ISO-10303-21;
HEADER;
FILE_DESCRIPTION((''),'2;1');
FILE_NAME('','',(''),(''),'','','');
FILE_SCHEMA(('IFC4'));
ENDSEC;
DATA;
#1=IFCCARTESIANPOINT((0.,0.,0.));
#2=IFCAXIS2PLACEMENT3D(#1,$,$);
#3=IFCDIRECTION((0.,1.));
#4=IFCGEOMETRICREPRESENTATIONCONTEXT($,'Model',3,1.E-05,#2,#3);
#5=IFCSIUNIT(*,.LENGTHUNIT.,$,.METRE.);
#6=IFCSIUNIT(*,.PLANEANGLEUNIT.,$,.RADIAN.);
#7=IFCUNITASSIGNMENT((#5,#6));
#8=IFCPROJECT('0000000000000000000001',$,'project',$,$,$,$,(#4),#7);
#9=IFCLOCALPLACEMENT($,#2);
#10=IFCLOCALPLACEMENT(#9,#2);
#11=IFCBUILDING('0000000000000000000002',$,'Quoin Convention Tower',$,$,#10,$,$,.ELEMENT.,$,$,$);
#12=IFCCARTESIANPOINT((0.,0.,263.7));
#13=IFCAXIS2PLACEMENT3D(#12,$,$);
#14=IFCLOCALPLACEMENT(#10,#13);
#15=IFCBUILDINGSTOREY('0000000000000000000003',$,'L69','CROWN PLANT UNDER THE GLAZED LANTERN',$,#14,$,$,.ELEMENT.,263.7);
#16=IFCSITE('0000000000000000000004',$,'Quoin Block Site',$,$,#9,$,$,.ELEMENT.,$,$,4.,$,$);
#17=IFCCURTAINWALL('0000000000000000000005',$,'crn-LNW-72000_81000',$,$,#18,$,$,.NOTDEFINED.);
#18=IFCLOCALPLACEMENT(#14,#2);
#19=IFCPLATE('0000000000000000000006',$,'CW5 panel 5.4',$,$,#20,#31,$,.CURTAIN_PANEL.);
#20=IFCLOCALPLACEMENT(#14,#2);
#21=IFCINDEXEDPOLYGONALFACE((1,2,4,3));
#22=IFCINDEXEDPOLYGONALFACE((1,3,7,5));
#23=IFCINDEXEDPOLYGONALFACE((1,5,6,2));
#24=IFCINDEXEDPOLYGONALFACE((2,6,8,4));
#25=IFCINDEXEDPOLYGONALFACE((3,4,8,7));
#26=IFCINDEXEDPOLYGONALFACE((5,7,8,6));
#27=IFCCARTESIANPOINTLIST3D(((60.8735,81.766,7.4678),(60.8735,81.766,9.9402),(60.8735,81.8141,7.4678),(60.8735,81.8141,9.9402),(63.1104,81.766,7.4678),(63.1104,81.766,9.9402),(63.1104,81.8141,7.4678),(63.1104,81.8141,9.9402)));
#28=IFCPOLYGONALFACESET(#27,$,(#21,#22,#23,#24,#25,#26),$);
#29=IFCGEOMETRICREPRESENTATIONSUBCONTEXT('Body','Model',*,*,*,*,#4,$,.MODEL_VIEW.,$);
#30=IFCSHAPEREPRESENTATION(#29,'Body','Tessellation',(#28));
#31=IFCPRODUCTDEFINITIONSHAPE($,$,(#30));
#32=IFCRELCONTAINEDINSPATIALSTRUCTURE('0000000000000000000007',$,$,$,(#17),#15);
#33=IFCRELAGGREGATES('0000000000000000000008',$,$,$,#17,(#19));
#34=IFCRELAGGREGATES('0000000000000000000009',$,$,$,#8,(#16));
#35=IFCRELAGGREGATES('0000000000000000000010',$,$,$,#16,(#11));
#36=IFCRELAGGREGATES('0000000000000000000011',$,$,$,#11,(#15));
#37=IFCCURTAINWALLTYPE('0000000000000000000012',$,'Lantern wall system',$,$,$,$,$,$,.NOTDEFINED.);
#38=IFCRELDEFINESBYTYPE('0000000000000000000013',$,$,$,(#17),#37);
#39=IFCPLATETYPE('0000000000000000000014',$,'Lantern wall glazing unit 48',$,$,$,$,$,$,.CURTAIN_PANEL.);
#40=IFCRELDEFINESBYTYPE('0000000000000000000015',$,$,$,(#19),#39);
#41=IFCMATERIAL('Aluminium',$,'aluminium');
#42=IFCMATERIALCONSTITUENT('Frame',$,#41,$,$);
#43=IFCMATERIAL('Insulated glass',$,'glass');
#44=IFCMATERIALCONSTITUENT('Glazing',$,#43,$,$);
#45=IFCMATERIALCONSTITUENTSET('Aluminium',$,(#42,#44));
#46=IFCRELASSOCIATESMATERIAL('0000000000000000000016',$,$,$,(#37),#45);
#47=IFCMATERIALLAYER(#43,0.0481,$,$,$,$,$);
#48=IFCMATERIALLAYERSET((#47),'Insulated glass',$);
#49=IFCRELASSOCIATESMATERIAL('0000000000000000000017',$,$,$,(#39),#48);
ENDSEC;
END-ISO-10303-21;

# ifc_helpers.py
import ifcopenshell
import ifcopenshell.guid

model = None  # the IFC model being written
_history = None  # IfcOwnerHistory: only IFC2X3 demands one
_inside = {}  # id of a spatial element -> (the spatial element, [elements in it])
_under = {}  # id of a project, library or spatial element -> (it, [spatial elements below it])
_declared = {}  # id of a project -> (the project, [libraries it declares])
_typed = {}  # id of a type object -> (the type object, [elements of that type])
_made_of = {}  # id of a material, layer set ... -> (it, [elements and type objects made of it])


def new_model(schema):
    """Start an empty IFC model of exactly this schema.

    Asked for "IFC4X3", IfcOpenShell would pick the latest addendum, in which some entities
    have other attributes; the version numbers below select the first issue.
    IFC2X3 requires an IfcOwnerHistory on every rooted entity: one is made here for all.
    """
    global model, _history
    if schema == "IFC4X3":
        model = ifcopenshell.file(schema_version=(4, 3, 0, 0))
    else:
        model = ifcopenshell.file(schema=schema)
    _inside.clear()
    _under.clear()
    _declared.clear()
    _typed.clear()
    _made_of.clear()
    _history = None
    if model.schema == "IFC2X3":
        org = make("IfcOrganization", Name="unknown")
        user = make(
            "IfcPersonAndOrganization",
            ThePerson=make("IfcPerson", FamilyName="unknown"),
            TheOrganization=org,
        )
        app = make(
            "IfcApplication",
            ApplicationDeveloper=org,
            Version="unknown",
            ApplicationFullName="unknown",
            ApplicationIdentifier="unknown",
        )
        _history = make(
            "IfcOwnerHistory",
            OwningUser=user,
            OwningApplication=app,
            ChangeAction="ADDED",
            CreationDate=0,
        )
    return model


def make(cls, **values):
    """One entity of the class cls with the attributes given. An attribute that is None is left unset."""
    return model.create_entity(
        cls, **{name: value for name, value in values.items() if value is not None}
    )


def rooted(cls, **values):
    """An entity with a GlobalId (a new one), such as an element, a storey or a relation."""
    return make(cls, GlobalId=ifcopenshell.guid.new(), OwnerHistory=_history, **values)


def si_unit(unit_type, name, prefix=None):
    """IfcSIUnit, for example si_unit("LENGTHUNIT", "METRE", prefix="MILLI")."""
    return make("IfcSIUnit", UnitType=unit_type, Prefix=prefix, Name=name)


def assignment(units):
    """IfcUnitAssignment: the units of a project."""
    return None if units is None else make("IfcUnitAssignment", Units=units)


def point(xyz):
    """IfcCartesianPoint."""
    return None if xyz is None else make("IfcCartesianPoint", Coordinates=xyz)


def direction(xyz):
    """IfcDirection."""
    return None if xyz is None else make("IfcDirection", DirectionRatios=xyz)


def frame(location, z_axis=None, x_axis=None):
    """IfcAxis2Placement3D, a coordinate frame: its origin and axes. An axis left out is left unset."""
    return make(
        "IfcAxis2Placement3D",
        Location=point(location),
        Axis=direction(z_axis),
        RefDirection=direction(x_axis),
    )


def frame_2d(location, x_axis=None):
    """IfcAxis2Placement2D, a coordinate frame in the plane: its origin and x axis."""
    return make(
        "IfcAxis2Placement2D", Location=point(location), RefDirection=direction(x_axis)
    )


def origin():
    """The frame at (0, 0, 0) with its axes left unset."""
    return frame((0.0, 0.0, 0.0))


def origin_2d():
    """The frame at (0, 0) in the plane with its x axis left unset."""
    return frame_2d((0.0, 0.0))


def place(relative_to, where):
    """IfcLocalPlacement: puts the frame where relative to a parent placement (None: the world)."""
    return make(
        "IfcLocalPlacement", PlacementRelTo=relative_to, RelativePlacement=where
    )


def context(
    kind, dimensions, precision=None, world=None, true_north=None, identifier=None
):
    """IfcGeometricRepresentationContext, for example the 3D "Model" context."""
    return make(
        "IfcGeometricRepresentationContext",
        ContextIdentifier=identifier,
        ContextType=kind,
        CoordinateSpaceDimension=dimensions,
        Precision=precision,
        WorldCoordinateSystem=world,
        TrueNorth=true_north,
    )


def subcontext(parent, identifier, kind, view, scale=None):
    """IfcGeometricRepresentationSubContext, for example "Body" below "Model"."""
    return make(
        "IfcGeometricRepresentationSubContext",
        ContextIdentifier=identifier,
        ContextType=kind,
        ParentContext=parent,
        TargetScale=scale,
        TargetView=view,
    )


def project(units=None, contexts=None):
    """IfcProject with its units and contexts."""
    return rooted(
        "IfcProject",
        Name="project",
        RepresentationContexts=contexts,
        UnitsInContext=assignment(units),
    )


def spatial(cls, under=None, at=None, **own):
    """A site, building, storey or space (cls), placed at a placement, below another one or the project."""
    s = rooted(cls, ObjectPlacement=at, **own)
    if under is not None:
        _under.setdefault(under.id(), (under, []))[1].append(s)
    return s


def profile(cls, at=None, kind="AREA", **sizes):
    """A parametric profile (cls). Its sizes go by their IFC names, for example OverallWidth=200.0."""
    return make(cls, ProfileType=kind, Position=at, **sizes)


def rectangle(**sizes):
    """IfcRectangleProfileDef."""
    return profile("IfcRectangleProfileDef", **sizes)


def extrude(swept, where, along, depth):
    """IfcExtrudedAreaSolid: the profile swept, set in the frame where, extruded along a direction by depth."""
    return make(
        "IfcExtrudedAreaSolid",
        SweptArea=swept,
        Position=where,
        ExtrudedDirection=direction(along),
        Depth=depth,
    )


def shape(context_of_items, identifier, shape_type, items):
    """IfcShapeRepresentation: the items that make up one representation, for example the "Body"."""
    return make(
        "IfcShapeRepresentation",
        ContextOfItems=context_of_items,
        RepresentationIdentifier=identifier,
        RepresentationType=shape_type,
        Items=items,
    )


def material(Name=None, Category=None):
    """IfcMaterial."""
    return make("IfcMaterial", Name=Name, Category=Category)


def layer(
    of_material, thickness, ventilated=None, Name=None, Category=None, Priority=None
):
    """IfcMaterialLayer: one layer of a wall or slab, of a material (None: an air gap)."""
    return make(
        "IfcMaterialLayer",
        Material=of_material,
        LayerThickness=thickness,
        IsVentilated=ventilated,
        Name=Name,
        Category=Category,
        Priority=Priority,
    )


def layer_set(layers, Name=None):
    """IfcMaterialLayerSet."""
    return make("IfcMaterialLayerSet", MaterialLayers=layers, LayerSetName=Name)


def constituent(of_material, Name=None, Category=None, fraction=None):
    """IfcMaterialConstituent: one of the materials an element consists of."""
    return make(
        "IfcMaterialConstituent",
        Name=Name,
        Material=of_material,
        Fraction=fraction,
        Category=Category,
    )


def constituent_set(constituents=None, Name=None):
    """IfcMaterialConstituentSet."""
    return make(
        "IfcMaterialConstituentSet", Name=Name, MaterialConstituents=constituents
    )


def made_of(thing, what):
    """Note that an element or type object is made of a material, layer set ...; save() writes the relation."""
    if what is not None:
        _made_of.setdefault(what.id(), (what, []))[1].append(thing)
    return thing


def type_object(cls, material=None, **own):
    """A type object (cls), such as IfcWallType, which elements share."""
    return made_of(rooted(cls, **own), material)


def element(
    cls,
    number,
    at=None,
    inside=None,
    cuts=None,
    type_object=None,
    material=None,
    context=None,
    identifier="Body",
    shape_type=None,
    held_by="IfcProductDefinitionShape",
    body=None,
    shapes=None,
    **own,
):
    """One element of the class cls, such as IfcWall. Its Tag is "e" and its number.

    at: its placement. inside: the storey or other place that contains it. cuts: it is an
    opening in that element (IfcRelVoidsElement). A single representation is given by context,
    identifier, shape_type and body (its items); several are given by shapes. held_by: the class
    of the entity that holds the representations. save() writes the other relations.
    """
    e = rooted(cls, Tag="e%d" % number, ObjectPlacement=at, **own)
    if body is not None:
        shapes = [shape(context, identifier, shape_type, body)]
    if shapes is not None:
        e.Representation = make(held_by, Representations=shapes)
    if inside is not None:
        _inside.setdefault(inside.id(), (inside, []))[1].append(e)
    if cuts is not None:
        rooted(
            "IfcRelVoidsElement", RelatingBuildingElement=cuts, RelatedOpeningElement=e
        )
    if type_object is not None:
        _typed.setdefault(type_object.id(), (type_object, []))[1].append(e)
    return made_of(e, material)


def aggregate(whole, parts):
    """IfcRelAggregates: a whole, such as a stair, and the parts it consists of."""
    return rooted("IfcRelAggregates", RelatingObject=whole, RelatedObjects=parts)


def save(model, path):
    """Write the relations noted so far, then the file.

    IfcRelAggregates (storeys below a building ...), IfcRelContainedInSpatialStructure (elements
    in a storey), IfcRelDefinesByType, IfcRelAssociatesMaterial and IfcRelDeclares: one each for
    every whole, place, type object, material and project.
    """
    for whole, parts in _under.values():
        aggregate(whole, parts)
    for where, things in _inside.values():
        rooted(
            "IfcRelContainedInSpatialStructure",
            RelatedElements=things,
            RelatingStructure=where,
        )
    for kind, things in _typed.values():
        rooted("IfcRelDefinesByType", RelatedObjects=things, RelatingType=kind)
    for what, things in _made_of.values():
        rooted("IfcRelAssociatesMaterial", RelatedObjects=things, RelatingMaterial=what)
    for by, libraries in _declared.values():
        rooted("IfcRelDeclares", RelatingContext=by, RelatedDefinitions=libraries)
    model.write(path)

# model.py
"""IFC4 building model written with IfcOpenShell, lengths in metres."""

from ifc_helpers import new_model, si_unit, direction, frame, origin, origin_2d, place, context, subcontext, project, spatial, rectangle, extrude, material, layer, layer_set, constituent, constituent_set, type_object, element, aggregate, save


model = new_model("IFC4")

# Units and contexts
model_context = context("Model", 3, precision=1e-05, world=origin(), true_north=direction((0.0, 1.0)))
body_context = subcontext(model_context, "Body", "Model", "MODEL_VIEW")
ifc_project = project(units=[si_unit("LENGTHUNIT", "METRE"), si_unit("PLANEANGLEUNIT", "RADIAN")], contexts=[model_context])

# Site, building, storey
site_placement = place(None, origin())
site = spatial("IfcSite", under=ifc_project, at=site_placement, Name="Quoin Block Site", CompositionType="ELEMENT", RefElevation=4.0)
building_placement = place(site_placement, origin())
building = spatial("IfcBuilding", under=site, at=building_placement, Name="Quoin Convention Tower", CompositionType="ELEMENT")
storey_placement = place(building_placement, frame((0.0, 0.0, 263.7)))
storey = spatial("IfcBuildingStorey", under=building, at=storey_placement, Name="L69", Description="CROWN PLANT UNDER THE GLAZED LANTERN", CompositionType="ELEMENT", Elevation=263.7)

# Curtain wall, plate
ifc_material_1 = material(Name="Aluminium", Category="aluminium")
ifc_constituent_1 = constituent(ifc_material_1, Name="Frame")
ifc_material_2 = material(Name="Insulated glass", Category="glass")
ifc_constituent_2 = constituent(ifc_material_2, Name="Glazing")
ifc_constituent_set = constituent_set(constituents=[ifc_constituent_1, ifc_constituent_2], Name="Aluminium")
curtain_wall_type = type_object("IfcCurtainWallType", Name="Lantern wall system", PredefinedType="NOTDEFINED", material=ifc_constituent_set)
curtain_wall_placement = place(storey_placement, origin())
curtain_wall = element("IfcCurtainWall", 1, at=curtain_wall_placement, inside=storey, type_object=curtain_wall_type, Name="crn-LNW-72000_81000", PredefinedType="NOTDEFINED")
ifc_layer = layer(ifc_material_2, 0.0481)
ifc_layer_set = layer_set([ifc_layer], Name="Insulated glass")
plate_type = type_object("IfcPlateType", Name="Lantern wall glazing unit 48", PredefinedType="CURTAIN_PANEL", material=ifc_layer_set)
plate_1_placement = place(storey_placement, frame((61.9919, 81.79, 7.4678), z_axis=(0.0, 0.0, 1.0), x_axis=(-1.0, 0.0, 0.0)))
plate_1 = element("IfcPlate", 2, at=plate_1_placement, type_object=plate_type, Name="CW5 panel 5.4", PredefinedType="CURTAIN_PANEL", context=body_context, shape_type="SweptSolid", body=[
    extrude(rectangle(XDim=2.2368, YDim=0.0481, at=origin_2d()), origin(), (0.0, 0.0, 1.0), 2.4724),
])
aggregate(curtain_wall, [plate_1])

save(model, "model.ifc")
